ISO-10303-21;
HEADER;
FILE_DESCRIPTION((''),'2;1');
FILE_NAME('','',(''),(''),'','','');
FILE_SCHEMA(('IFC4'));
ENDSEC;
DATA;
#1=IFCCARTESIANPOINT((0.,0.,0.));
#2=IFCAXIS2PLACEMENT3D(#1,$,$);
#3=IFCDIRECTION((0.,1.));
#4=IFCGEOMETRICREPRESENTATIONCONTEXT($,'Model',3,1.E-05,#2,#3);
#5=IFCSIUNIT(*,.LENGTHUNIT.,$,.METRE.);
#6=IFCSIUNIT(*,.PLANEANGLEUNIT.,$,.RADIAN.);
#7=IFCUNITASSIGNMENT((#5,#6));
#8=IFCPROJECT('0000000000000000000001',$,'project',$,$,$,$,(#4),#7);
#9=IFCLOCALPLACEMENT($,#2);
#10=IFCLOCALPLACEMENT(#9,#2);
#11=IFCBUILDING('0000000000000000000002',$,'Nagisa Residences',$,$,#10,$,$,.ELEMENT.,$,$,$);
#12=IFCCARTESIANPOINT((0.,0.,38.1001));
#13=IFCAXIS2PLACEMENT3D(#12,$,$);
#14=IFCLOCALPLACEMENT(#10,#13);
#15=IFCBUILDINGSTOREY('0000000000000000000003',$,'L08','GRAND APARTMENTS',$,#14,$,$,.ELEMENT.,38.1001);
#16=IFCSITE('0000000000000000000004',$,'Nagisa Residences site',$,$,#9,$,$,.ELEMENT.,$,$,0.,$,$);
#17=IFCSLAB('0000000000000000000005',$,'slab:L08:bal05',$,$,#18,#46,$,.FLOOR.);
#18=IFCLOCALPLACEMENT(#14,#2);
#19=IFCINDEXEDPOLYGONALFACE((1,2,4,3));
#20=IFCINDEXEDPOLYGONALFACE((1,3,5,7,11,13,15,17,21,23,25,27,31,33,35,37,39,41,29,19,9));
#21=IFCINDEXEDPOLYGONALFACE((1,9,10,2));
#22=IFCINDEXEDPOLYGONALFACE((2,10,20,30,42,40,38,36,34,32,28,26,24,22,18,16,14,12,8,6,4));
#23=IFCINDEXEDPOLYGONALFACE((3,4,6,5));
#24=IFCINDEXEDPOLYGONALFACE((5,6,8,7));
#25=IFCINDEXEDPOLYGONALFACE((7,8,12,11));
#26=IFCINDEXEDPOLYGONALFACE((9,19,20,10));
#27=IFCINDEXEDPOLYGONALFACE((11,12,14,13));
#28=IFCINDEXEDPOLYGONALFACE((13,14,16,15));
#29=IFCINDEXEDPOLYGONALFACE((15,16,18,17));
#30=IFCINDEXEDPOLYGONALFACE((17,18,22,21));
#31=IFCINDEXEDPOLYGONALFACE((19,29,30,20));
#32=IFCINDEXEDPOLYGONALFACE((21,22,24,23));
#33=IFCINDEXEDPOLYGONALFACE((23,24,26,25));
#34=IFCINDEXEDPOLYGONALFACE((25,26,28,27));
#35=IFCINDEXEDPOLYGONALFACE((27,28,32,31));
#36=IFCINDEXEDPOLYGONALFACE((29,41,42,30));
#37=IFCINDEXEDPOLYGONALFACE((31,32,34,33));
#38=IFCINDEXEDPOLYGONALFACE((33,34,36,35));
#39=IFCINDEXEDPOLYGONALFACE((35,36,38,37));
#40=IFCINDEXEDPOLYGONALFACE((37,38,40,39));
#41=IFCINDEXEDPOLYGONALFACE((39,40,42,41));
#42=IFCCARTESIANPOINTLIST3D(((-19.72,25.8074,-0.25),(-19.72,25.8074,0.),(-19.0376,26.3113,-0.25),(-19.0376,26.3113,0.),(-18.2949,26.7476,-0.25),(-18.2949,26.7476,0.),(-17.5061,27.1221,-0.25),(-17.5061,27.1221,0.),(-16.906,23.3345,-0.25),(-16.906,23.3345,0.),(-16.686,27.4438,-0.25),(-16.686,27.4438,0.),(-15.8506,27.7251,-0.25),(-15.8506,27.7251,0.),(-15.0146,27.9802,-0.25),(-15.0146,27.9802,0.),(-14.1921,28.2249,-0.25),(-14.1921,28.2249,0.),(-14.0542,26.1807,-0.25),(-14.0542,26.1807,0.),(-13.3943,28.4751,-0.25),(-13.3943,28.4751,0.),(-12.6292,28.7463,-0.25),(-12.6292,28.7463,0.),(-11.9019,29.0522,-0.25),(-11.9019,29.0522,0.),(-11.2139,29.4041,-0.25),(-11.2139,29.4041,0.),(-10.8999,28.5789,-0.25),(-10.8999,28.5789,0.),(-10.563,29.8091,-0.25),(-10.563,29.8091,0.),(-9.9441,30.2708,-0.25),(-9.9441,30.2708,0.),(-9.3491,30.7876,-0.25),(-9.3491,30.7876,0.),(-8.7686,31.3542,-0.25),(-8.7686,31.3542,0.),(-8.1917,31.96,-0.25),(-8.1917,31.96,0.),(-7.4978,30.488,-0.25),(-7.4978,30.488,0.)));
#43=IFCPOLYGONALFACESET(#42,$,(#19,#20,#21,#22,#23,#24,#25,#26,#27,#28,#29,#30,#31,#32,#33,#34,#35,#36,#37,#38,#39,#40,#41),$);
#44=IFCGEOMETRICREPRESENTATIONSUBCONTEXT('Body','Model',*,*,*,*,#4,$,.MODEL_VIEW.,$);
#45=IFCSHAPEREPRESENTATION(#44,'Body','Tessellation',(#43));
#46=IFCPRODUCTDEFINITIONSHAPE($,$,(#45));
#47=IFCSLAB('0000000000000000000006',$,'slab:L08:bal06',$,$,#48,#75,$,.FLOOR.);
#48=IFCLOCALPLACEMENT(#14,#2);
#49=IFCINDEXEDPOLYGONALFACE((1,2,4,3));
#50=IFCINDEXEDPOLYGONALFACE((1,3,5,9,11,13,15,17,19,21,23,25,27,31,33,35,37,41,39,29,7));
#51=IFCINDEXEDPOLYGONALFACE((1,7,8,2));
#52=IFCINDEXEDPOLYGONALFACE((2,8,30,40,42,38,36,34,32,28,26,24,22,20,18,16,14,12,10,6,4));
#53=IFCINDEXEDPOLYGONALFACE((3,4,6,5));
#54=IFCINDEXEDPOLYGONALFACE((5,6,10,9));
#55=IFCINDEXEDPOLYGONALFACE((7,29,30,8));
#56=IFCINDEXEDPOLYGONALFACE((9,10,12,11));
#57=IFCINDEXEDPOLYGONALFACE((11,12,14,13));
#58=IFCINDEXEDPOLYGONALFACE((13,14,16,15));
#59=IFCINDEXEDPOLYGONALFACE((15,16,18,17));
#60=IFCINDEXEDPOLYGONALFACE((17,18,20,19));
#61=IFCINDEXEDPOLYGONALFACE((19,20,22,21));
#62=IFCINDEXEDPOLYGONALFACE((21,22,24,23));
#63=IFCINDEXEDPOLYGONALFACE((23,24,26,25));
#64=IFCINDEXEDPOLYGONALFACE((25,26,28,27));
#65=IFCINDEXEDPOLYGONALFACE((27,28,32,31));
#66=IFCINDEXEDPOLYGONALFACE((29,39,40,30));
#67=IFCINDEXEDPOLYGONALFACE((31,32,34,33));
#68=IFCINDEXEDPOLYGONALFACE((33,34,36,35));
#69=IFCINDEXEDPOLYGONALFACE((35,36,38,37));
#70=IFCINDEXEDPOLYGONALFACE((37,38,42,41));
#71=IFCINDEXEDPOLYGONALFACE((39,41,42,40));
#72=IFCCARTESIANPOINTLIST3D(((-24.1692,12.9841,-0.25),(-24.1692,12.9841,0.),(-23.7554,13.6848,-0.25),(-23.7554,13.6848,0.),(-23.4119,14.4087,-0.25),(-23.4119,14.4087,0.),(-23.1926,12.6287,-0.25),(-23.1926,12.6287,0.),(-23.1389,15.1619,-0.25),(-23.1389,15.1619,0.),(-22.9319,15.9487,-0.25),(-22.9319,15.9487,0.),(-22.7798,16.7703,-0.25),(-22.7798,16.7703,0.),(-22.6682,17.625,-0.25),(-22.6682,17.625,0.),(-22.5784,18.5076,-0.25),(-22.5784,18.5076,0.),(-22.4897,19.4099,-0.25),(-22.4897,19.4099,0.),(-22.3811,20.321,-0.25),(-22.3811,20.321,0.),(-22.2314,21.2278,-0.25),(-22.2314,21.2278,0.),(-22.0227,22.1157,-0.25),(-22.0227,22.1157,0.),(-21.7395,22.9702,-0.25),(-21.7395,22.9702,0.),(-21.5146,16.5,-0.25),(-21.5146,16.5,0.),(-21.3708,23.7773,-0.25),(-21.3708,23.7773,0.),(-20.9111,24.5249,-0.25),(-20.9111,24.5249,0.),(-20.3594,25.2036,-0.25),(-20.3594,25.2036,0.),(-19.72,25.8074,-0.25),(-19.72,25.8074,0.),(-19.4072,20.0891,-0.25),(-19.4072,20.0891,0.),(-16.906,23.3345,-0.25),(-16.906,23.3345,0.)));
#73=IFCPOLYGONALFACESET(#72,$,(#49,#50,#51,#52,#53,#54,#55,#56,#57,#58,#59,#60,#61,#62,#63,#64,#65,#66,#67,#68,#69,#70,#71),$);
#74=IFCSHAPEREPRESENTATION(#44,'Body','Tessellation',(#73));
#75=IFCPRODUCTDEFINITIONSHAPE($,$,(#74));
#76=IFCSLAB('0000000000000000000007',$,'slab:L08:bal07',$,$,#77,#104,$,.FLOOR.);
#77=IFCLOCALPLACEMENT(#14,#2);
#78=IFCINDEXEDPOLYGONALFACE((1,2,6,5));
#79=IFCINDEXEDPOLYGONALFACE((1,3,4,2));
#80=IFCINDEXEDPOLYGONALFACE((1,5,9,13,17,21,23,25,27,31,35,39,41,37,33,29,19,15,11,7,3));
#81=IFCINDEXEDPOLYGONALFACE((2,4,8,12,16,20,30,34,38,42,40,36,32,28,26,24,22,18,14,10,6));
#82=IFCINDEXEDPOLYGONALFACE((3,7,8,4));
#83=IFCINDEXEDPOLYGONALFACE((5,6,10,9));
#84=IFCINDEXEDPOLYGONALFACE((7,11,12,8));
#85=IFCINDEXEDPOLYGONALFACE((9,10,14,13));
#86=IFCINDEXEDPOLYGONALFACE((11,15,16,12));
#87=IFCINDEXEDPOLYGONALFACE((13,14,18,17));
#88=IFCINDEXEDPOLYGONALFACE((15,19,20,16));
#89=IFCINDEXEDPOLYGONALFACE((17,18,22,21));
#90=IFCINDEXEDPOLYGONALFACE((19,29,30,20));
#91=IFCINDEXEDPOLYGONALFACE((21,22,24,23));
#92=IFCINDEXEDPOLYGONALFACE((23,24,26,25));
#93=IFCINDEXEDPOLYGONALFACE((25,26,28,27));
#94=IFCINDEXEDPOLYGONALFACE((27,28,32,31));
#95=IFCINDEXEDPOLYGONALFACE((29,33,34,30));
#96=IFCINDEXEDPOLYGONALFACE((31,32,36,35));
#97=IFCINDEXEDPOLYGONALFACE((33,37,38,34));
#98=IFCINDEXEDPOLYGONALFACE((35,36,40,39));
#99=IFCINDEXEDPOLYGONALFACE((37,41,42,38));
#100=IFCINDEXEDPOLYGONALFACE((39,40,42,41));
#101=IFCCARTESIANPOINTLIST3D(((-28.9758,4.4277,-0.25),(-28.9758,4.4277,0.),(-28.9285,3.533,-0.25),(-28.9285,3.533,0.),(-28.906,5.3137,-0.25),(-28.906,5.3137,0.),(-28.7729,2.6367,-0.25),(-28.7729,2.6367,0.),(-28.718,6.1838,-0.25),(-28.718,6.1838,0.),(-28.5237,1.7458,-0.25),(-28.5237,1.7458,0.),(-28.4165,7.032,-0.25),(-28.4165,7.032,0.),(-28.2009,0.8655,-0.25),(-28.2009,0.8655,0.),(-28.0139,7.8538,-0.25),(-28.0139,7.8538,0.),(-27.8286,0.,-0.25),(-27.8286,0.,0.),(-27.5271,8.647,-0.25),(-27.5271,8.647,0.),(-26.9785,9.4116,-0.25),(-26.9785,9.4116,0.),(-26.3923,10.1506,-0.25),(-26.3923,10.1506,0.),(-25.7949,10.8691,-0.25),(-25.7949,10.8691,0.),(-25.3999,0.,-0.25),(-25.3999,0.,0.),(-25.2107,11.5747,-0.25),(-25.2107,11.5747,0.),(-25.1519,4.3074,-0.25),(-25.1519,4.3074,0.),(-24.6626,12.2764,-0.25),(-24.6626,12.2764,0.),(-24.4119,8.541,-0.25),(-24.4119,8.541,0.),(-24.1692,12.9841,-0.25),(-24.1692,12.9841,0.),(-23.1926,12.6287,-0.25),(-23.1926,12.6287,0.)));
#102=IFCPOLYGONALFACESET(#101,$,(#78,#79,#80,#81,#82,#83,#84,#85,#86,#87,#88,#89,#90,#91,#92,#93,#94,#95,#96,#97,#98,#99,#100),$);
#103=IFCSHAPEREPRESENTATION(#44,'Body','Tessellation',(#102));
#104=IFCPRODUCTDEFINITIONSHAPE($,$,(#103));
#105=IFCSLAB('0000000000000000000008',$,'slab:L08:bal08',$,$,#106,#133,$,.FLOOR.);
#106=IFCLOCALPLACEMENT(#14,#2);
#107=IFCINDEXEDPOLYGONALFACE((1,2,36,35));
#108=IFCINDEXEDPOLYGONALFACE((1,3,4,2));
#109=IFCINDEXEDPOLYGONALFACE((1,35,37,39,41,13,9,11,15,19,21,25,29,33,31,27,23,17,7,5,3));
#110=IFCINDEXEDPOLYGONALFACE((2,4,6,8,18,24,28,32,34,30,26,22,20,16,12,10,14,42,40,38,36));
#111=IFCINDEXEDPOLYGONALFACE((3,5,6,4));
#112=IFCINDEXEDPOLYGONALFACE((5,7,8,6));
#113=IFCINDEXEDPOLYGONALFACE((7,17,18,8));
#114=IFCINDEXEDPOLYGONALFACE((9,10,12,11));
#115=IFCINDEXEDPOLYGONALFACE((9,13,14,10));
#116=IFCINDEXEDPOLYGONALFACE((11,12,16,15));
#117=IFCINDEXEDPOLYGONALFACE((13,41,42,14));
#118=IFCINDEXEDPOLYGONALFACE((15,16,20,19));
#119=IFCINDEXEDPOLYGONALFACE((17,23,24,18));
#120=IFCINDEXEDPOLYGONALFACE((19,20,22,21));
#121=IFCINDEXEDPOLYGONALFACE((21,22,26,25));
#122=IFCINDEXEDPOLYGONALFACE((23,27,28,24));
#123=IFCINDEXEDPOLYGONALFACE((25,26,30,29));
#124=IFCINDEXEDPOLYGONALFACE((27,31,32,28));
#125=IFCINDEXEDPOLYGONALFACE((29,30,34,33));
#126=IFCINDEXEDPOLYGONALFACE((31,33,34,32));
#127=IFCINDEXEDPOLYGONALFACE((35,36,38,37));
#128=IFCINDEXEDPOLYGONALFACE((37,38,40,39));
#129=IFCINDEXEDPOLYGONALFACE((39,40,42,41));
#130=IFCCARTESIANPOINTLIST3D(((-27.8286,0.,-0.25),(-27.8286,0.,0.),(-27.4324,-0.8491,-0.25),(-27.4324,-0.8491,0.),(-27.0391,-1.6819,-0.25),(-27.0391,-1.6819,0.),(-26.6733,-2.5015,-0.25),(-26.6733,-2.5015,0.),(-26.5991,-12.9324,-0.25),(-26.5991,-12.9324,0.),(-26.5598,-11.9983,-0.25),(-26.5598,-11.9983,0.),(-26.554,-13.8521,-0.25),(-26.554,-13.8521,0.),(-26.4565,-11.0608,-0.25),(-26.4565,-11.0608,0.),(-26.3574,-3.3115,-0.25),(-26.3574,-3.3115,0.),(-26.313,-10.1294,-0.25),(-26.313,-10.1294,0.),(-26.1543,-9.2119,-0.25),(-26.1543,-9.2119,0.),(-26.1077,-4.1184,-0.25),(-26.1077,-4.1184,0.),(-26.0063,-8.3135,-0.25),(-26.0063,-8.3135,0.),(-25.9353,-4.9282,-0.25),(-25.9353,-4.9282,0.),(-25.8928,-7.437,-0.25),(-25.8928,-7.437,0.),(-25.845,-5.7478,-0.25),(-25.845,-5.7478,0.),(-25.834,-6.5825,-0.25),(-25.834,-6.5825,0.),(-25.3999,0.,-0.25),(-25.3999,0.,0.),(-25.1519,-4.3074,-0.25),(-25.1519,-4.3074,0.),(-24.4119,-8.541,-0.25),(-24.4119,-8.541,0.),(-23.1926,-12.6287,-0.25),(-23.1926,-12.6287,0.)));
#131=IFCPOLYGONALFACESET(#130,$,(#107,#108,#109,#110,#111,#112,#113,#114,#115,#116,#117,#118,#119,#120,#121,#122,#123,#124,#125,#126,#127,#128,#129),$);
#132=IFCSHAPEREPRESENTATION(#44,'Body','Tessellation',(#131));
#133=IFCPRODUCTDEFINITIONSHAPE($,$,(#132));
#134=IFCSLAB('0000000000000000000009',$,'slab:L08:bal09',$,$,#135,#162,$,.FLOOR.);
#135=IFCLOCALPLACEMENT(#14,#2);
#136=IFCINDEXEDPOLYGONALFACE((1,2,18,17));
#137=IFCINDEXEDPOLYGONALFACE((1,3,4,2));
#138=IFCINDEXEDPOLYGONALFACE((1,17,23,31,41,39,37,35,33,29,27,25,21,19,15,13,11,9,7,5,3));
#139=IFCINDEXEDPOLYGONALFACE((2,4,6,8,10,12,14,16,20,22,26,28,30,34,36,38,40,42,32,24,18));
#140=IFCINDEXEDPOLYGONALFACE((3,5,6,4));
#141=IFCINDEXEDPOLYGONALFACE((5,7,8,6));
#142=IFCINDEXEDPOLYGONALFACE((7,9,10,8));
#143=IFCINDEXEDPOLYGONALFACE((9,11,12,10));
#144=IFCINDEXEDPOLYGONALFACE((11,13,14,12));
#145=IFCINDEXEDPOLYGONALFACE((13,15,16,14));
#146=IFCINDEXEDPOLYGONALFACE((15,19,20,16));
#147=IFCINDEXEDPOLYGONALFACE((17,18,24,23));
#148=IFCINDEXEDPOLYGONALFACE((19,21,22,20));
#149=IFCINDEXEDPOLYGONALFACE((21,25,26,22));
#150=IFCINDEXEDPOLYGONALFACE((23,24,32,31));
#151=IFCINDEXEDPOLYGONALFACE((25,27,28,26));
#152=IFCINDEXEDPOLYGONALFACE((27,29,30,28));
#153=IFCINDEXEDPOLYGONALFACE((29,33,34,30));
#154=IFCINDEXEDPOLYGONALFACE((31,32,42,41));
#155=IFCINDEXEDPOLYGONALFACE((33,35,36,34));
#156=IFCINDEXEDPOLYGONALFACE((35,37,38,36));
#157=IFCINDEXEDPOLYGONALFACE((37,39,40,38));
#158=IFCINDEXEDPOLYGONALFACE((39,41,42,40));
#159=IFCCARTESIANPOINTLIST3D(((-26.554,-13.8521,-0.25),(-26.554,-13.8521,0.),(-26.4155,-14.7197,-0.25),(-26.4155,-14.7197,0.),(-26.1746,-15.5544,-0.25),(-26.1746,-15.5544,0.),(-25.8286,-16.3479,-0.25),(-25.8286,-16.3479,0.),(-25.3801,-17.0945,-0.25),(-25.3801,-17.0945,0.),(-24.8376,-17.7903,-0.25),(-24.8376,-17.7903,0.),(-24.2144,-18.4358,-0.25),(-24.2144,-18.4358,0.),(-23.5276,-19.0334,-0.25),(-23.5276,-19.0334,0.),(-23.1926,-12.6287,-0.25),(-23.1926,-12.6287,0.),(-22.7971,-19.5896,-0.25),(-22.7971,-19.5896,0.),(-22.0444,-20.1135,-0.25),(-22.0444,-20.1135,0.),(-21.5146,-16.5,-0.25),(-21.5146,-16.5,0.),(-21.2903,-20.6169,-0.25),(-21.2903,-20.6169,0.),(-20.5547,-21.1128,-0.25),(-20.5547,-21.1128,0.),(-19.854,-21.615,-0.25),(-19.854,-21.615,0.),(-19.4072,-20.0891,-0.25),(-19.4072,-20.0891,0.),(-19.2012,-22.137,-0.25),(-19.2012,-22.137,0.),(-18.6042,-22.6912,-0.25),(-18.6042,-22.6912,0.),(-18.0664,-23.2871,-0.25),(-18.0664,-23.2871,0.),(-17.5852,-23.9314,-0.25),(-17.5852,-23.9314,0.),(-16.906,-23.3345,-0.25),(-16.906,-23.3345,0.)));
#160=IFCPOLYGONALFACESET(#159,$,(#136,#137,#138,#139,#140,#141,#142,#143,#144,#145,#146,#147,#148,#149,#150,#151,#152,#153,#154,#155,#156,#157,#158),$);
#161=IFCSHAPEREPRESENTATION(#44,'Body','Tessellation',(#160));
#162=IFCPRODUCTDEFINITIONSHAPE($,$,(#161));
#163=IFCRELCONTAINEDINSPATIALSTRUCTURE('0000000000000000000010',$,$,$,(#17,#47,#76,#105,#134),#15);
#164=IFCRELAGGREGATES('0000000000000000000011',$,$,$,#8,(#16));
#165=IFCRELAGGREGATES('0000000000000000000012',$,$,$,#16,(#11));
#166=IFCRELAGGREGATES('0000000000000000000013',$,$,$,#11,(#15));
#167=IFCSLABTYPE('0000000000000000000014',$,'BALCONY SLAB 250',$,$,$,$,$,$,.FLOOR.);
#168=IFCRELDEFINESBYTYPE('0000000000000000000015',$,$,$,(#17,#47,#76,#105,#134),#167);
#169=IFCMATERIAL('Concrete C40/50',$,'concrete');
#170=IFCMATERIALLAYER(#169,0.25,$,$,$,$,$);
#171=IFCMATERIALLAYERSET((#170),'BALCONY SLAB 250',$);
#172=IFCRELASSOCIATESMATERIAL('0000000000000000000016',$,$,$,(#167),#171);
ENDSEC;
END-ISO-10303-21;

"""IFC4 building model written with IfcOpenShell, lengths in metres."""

from ifc_helpers import new_model, si_unit, direction, frame, origin, place, context, subcontext, project, spatial, polyline, outline, extrude, material, layer, layer_set, type_object, element, save


model = new_model("IFC4")

# Units and contexts
model_context = context("Model", 3, precision=1e-05, world=origin(), true_north=direction((0.0, 1.0)))
body_context = subcontext(model_context, "Body", "Model", "MODEL_VIEW")
ifc_project = project(units=[si_unit("LENGTHUNIT", "METRE"), si_unit("PLANEANGLEUNIT", "RADIAN")], contexts=[model_context])

# Site, building, storey
site_placement = place(None, origin())
site = spatial("IfcSite", under=ifc_project, at=site_placement, Name="Nagisa Residences site", CompositionType="ELEMENT", RefElevation=0.0)
building_placement = place(site_placement, origin())
building = spatial("IfcBuilding", under=site, at=building_placement, Name="Nagisa Residences", CompositionType="ELEMENT")
storey_placement = place(building_placement, frame((0.0, 0.0, 38.1001)))
storey = spatial("IfcBuildingStorey", under=building, at=storey_placement, Name="L08", Description="GRAND APARTMENTS", CompositionType="ELEMENT", Elevation=38.1001)

# Slabs
ifc_material_1 = material(Name="Concrete C40/50", Category="concrete")
ifc_layer_1 = layer(ifc_material_1, 0.25)
ifc_layer_set_1 = layer_set([ifc_layer_1], Name="BALCONY SLAB 250")
slab_type_1 = type_object("IfcSlabType", Name="BALCONY SLAB 250", PredefinedType="FLOOR", material=ifc_layer_set_1)
slab_1_placement = place(storey_placement, frame((0.0, 0.0, -0.25)))
element("IfcSlab", 1, at=slab_1_placement, inside=storey, type_object=slab_type_1, Name="slab:L08:bal05", PredefinedType="FLOOR", context=body_context, shape_type="SweptSolid", body=[
    extrude(outline(polyline([(-8.1917, 31.96), (-8.7686, 31.3542), (-9.3491, 30.7876), (-9.9441, 30.2708), (-10.563, 29.8091), (-11.2139, 29.4041), (-11.9019, 29.0522), (-12.6292, 28.7463), (-13.3943, 28.4751), (-14.1921, 28.2249), (-15.0146, 27.9802), (-15.8506, 27.7251), (-16.686, 27.4438), (-17.5061, 27.1221), (-18.2949, 26.7476), (-19.0376, 26.3113), (-19.72, 25.8074), (-16.906, 23.3345), (-14.0542, 26.1807), (-10.8999, 28.5789), (-7.4978, 30.488), (-8.1917, 31.96)])), origin(), (0.0, 0.0, 1.0), 0.25),
])
slab_2_placement = place(storey_placement, frame((0.0, 0.0, -0.25)))
element("IfcSlab", 2, at=slab_2_placement, inside=storey, type_object=slab_type_1, Name="slab:L08:bal06", PredefinedType="FLOOR", context=body_context, shape_type="SweptSolid", body=[
    extrude(outline(polyline([(-19.72, 25.8074), (-20.3594, 25.2036), (-20.9111, 24.5249), (-21.3708, 23.7773), (-21.7395, 22.9702), (-22.0227, 22.1157), (-22.2314, 21.2278), (-22.3811, 20.321), (-22.4897, 19.4099), (-22.5784, 18.5076), (-22.6682, 17.625), (-22.7798, 16.7703), (-22.9319, 15.9487), (-23.1389, 15.1619), (-23.4119, 14.4087), (-23.7554, 13.6848), (-24.1692, 12.9841), (-23.1926, 12.6287), (-21.5146, 16.5), (-19.4072, 20.0891), (-16.906, 23.3345), (-19.72, 25.8074)])), origin(), (0.0, 0.0, 1.0), 0.25),
])
slab_3_placement = place(storey_placement, frame((0.0, 0.0, -0.25)))
element("IfcSlab", 3, at=slab_3_placement, inside=storey, type_object=slab_type_1, Name="slab:L08:bal07", PredefinedType="FLOOR", context=body_context, shape_type="SweptSolid", body=[
    extrude(outline(polyline([(-24.1692, 12.9841), (-24.6626, 12.2764), (-25.2107, 11.5747), (-25.7949, 10.8691), (-26.3923, 10.1506), (-26.9785, 9.4116), (-27.5271, 8.647), (-28.0139, 7.8538), (-28.4165, 7.032), (-28.718, 6.1838), (-28.906, 5.3137), (-28.9758, 4.4277), (-28.9285, 3.533), (-28.7729, 2.6367), (-28.5237, 1.7458), (-28.2009, 0.8655), (-27.8286, 0.0), (-25.3999, 0.0), (-25.1519, 4.3074), (-24.4119, 8.541), (-23.1926, 12.6287), (-24.1692, 12.9841)])), origin(), (0.0, 0.0, 1.0), 0.25),
])
slab_4_placement = place(storey_placement, frame((0.0, 0.0, -0.25)))
element("IfcSlab", 4, at=slab_4_placement, inside=storey, type_object=slab_type_1, Name="slab:L08:bal08", PredefinedType="FLOOR", context=body_context, shape_type="SweptSolid", body=[
    extrude(outline(polyline([(-27.8286, 0.0), (-27.4324, -0.8491), (-27.0391, -1.6819), (-26.6733, -2.5015), (-26.3574, -3.3115), (-26.1077, -4.1184), (-25.9353, -4.9282), (-25.845, -5.7478), (-25.834, -6.5825), (-25.8928, -7.437), (-26.0063, -8.3135), (-26.1543, -9.2119), (-26.313, -10.1294), (-26.4565, -11.0608), (-26.5598, -11.9983), (-26.5991, -12.9324), (-26.554, -13.8521), (-23.1926, -12.6287), (-24.4119, -8.541), (-25.1519, -4.3074), (-25.3999, 0.0), (-27.8286, 0.0)])), origin(), (0.0, 0.0, 1.0), 0.25),
])
slab_5_placement = place(storey_placement, frame((0.0, 0.0, -0.25)))
element("IfcSlab", 5, at=slab_5_placement, inside=storey, type_object=slab_type_1, Name="slab:L08:bal09", PredefinedType="FLOOR", context=body_context, shape_type="SweptSolid", body=[
    extrude(outline(polyline([(-26.554, -13.8521), (-26.4155, -14.7197), (-26.1746, -15.5544), (-25.8286, -16.3479), (-25.3801, -17.0945), (-24.8376, -17.7903), (-24.2144, -18.4358), (-23.5276, -19.0334), (-22.7971, -19.5896), (-22.0444, -20.1135), (-21.2903, -20.6169), (-20.5547, -21.1128), (-19.854, -21.615), (-19.2012, -22.137), (-18.6042, -22.6912), (-18.0664, -23.2871), (-17.5852, -23.9314), (-16.906, -23.3345), (-19.4072, -20.0891), (-21.5146, -16.5), (-23.1926, -12.6287), (-26.554, -13.8521)])), origin(), (0.0, 0.0, 1.0), 0.25),
])

save(model, "model.ifc")
